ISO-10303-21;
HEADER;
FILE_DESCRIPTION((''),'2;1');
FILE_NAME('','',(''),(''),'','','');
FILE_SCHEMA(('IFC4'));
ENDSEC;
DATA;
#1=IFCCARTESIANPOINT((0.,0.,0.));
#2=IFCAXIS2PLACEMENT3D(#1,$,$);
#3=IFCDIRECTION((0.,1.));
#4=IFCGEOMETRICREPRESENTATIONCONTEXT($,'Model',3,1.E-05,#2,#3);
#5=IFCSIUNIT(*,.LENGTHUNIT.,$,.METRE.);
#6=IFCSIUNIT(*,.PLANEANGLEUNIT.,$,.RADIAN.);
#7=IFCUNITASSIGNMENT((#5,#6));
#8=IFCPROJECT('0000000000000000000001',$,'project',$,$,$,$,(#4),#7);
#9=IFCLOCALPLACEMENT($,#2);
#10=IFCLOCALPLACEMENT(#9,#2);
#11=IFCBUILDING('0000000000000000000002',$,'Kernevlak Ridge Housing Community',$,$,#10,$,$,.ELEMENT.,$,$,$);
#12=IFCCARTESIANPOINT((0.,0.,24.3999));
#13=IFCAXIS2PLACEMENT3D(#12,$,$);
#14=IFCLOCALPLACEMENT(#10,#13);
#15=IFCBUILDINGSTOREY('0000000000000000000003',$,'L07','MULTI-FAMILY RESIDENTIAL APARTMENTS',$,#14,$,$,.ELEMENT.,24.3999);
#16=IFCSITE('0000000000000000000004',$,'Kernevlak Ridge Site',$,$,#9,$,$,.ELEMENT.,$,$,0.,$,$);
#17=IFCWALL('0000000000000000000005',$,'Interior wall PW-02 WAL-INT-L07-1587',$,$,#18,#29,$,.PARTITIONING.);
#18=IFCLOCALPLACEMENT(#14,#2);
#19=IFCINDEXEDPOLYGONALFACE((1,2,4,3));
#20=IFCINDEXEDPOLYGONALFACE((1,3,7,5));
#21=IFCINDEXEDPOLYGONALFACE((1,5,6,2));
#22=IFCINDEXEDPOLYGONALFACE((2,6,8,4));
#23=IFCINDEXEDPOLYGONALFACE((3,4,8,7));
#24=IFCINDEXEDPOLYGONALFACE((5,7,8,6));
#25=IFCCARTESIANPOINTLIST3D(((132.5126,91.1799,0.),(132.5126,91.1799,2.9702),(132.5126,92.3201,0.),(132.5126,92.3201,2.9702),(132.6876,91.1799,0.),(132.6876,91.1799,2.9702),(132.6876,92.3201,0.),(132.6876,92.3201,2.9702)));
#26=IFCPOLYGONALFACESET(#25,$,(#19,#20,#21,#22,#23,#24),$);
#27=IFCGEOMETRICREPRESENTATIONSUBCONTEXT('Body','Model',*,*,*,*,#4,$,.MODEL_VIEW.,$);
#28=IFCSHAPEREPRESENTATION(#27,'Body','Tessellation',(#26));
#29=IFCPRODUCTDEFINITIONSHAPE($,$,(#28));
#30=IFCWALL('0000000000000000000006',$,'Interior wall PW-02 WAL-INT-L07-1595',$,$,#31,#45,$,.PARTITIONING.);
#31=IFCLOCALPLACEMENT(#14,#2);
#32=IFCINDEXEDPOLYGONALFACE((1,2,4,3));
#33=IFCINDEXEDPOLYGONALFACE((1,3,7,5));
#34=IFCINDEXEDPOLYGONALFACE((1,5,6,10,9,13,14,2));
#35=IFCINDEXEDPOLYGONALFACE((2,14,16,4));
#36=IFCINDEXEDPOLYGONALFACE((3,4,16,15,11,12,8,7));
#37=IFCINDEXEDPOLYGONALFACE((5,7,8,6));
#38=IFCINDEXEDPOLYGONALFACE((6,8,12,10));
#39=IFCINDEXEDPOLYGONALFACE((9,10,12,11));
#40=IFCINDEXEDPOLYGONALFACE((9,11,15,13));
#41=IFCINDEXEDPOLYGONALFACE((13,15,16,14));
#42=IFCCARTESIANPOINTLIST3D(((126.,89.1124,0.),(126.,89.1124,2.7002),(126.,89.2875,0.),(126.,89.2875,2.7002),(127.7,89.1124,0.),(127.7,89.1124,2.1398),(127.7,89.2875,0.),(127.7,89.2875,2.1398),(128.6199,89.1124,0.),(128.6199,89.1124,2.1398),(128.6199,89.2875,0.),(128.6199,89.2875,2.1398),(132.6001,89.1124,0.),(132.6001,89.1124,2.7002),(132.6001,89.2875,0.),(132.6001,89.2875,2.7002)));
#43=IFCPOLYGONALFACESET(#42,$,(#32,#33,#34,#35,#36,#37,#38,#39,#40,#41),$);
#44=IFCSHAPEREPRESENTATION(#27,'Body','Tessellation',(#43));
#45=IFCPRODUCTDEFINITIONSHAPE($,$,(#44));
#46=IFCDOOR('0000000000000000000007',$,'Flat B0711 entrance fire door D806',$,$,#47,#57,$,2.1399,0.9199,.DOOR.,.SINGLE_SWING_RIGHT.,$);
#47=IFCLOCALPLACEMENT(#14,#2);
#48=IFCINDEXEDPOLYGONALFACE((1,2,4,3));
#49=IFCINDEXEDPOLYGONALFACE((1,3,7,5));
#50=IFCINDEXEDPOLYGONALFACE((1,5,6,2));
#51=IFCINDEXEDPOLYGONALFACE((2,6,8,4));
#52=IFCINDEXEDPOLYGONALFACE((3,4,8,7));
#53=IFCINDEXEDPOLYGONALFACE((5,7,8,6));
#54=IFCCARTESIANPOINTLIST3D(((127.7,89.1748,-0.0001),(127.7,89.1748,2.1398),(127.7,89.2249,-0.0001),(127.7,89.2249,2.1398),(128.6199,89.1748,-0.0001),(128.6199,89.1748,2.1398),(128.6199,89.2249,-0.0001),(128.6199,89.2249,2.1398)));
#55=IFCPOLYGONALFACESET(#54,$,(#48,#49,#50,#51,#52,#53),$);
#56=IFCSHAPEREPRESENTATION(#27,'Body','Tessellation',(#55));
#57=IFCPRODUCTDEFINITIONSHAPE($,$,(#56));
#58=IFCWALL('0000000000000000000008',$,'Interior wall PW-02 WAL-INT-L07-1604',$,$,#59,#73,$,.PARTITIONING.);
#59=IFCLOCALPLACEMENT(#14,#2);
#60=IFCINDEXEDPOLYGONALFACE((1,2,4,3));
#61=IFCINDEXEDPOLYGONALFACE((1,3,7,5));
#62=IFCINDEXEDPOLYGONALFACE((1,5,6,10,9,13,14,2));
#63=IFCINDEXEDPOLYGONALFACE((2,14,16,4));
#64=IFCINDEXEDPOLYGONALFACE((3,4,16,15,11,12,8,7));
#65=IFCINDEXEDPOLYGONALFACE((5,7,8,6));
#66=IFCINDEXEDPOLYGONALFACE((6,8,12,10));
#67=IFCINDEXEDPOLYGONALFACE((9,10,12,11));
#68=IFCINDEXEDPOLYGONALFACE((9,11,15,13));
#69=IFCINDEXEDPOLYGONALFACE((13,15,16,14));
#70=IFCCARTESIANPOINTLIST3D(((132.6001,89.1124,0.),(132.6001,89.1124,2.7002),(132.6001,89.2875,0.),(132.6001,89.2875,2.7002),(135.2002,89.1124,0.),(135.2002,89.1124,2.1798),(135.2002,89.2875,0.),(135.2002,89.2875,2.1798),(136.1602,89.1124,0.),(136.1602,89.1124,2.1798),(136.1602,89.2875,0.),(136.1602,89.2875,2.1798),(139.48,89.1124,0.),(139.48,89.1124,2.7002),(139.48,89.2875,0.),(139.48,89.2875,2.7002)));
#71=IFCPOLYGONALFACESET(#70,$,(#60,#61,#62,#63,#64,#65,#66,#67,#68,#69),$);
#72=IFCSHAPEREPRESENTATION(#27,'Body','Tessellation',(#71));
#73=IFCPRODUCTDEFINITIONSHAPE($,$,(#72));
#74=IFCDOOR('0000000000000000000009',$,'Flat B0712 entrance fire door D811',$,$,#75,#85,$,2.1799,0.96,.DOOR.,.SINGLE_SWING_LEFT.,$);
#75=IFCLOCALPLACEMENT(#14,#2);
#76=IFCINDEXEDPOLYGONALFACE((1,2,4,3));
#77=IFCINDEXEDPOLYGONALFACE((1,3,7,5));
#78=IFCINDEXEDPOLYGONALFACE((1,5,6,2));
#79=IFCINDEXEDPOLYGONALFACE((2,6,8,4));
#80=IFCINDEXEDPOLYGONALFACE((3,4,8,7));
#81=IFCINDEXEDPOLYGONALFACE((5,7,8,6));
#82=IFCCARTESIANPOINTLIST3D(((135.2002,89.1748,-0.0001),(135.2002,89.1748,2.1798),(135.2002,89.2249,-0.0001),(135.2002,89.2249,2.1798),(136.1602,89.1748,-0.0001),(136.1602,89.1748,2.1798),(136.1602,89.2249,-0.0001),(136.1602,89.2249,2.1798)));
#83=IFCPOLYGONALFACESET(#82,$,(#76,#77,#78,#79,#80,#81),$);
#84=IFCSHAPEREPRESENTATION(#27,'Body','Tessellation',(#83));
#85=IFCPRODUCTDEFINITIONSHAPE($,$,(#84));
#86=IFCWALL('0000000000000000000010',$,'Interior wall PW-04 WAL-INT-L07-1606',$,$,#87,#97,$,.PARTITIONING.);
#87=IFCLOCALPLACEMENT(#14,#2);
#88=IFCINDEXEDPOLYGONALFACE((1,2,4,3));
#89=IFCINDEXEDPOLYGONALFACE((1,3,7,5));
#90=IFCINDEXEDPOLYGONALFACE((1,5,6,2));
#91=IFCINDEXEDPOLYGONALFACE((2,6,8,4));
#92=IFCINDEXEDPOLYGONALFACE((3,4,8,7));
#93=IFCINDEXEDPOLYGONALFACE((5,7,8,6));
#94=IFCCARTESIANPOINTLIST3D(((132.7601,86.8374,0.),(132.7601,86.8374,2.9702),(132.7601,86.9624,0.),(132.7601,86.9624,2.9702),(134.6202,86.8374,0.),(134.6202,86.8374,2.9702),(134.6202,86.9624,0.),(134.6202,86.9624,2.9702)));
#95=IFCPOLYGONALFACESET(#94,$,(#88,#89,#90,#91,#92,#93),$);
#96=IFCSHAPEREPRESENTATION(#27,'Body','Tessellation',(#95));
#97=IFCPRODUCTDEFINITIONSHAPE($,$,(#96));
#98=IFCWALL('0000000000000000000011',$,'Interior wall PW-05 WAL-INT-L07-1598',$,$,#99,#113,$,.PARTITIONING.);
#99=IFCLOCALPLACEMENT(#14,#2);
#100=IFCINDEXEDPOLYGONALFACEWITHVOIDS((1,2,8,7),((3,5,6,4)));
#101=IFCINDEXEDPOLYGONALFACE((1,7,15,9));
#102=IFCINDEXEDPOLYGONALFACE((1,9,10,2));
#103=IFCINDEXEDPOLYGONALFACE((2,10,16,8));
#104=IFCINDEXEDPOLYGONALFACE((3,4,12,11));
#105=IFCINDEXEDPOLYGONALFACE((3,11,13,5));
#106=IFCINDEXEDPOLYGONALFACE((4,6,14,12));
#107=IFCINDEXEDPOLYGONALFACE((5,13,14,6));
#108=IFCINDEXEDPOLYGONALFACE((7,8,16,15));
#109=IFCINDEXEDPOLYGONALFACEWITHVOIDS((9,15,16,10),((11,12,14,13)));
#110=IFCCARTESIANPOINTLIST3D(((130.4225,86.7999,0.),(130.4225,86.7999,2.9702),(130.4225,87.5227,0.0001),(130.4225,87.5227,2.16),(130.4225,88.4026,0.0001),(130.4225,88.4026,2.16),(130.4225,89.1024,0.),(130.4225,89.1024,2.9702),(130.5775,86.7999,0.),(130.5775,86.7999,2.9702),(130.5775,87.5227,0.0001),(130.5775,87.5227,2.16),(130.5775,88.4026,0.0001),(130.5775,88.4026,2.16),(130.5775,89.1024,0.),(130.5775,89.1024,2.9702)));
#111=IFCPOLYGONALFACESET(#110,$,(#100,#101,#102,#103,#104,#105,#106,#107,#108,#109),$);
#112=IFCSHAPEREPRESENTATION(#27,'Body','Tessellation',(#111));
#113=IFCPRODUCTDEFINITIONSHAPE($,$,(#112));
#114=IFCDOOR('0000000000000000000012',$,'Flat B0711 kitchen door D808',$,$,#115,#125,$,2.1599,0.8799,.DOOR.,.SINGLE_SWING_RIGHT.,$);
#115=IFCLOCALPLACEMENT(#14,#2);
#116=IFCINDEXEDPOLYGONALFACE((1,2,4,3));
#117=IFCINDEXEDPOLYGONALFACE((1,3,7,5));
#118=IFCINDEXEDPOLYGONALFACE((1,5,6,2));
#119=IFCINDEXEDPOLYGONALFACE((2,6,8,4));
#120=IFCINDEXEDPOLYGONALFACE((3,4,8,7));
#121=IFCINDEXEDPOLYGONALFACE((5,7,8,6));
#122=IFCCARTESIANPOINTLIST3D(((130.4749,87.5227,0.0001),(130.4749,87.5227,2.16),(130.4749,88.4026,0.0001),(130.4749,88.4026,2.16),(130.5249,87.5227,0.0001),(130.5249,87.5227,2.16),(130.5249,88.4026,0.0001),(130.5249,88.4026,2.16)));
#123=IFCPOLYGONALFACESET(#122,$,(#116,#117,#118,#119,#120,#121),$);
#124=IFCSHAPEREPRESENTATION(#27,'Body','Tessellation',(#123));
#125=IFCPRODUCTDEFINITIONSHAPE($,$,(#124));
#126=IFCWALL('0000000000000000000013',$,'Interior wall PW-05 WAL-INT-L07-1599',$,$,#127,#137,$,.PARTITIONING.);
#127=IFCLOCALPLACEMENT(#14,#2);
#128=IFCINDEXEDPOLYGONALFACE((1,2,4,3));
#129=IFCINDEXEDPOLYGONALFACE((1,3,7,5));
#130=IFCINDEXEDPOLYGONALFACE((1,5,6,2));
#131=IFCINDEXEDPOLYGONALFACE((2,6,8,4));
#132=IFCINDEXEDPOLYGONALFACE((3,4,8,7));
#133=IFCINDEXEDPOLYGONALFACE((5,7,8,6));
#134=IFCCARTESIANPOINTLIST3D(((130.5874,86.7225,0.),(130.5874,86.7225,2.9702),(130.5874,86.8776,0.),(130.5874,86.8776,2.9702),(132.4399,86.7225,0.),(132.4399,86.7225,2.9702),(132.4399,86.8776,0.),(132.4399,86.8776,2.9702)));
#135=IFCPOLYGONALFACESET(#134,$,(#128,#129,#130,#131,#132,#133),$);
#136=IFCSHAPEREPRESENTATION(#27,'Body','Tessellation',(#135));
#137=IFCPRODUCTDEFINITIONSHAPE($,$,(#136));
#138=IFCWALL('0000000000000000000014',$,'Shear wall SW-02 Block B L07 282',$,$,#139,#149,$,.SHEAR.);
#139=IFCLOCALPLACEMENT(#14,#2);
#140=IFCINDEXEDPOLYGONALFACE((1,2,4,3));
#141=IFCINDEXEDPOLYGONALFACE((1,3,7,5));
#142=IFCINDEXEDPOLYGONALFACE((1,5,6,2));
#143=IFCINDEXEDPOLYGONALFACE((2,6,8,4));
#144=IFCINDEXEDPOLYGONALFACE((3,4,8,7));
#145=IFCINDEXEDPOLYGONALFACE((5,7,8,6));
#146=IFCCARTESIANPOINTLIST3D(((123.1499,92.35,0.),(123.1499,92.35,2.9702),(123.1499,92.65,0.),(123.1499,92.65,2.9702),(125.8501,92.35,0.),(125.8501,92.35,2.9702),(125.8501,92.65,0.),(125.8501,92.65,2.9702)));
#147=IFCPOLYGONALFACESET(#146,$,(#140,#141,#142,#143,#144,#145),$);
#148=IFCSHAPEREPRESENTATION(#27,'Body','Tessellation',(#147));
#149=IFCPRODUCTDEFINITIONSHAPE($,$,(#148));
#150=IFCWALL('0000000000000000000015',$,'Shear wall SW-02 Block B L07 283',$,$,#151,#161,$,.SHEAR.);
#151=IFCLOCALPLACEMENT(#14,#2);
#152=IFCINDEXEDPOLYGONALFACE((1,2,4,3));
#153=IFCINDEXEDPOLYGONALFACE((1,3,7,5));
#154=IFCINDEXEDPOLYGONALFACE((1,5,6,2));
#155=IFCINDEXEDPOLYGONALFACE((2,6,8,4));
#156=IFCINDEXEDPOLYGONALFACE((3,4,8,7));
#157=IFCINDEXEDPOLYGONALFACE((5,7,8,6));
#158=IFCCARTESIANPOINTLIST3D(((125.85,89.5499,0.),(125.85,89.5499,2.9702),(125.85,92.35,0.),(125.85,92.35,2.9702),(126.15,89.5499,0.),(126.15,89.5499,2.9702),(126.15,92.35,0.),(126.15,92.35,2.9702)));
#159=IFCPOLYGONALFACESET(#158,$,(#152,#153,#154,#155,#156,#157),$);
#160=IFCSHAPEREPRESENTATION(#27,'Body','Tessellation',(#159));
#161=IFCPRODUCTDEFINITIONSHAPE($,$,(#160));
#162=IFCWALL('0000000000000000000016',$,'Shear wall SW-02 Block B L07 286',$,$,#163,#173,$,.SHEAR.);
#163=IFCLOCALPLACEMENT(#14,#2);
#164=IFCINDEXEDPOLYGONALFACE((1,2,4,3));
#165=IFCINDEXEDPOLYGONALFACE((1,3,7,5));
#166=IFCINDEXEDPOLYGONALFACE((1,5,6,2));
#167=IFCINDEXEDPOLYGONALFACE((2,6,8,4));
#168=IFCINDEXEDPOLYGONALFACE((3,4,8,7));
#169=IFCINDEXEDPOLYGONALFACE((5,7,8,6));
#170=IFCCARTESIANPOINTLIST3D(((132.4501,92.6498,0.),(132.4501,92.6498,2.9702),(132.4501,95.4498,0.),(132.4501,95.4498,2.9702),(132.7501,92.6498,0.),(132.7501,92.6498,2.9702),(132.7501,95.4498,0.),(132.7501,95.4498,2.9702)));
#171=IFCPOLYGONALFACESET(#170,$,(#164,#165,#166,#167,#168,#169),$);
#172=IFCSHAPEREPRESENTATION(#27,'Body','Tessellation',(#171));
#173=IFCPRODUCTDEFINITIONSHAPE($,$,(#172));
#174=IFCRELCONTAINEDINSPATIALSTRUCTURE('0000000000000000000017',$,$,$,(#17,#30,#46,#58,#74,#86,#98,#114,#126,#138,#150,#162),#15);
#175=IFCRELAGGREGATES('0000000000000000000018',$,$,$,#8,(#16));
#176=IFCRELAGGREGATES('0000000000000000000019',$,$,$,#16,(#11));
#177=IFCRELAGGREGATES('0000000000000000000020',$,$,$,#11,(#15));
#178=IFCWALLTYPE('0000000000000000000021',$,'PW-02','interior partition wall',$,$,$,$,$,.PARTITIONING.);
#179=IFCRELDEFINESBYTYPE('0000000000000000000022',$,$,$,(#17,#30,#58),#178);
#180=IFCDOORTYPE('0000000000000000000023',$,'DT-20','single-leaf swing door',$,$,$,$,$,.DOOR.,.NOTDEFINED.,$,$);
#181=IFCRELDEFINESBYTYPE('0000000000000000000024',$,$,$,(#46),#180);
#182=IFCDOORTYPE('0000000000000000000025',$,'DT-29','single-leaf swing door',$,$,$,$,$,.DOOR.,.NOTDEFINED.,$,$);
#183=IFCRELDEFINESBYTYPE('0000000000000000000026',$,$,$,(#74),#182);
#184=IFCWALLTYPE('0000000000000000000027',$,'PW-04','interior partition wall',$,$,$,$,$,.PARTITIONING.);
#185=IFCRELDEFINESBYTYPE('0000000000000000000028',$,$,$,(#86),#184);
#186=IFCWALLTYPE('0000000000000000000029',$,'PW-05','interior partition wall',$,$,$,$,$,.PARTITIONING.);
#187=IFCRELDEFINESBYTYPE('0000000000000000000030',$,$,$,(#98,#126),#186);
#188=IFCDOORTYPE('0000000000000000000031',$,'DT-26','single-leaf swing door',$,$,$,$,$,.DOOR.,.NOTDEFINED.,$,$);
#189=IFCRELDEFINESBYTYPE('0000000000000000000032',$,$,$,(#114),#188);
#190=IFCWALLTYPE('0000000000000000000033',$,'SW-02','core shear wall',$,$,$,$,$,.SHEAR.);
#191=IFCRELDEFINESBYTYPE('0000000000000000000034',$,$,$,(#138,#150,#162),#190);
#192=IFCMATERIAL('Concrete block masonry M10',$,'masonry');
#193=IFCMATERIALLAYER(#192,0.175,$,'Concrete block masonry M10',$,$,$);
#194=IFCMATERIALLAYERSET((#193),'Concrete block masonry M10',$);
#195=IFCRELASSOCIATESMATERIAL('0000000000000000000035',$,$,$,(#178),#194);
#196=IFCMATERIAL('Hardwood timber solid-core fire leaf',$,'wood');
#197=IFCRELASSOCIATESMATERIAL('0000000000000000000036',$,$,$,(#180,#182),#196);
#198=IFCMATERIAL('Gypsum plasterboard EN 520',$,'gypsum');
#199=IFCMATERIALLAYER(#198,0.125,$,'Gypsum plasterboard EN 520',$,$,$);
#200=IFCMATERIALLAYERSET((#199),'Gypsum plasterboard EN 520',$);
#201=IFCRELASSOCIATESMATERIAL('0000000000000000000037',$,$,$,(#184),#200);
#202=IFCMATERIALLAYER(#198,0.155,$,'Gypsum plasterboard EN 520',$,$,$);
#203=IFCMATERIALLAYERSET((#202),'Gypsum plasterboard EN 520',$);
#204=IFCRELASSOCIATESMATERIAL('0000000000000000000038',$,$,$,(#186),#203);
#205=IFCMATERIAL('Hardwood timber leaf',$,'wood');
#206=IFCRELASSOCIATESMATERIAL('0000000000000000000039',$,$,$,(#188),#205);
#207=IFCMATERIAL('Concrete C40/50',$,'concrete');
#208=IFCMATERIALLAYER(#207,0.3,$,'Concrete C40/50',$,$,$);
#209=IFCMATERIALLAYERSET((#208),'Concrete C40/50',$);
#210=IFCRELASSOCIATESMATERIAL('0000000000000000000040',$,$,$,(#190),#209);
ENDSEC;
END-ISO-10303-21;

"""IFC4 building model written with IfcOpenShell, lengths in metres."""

from ifc_helpers import new_model, si_unit, direction, frame, frame_2d, origin, place, context, subcontext, project, spatial, rectangle, extrude, material, layer, layer_set, type_object, element, fill, save


model = new_model("IFC4")

# Units and contexts
model_context = context("Model", 3, precision=1e-05, world=origin(), true_north=direction((0.0, 1.0)))
body_context = subcontext(model_context, "Body", "Model", "MODEL_VIEW")
ifc_project = project(units=[si_unit("LENGTHUNIT", "METRE"), si_unit("PLANEANGLEUNIT", "RADIAN")], contexts=[model_context])

# Site, building, storey
site_placement = place(None, origin())
site = spatial("IfcSite", under=ifc_project, at=site_placement, Name="Kernevlak Ridge Site", CompositionType="ELEMENT", RefElevation=0.0)
building_placement = place(site_placement, origin())
building = spatial("IfcBuilding", under=site, at=building_placement, Name="Kernevlak Ridge Housing Community", CompositionType="ELEMENT")
storey_placement = place(building_placement, frame((0.0, 0.0, 24.3999)))
storey = spatial("IfcBuildingStorey", under=building, at=storey_placement, Name="L07", Description="MULTI-FAMILY RESIDENTIAL APARTMENTS", CompositionType="ELEMENT", Elevation=24.3999)

# Shared definitions
ifc_material_1 = material(Name="Concrete C40/50", Category="concrete")

# Shared definitions
ifc_material_2 = material(Name="Concrete block masonry M10", Category="masonry")
ifc_layer_1 = layer(ifc_material_2, 0.175, Name="Concrete block masonry M10")
ifc_layer_set_1 = layer_set([ifc_layer_1], Name="Concrete block masonry M10")
wall_type_1 = type_object("IfcWallType", Name="PW-02", Description="interior partition wall", PredefinedType="PARTITIONING", material=ifc_layer_set_1)

# Wall
wall_1_placement = place(storey_placement, frame((132.6001, 91.1799, 0.0), z_axis=(0.0, 0.0, 1.0), x_axis=(0.0, 1.0, 0.0)))
element("IfcWall", 1, at=wall_1_placement, inside=storey, type_object=wall_type_1, Name="Interior wall PW-02 WAL-INT-L07-1587", PredefinedType="PARTITIONING", context=body_context, shape_type="SweptSolid", body=[
    extrude(rectangle(XDim=1.1401, YDim=0.175, at=frame_2d((0.5701, 0.0))), origin(), (0.0, 0.0, 1.0), 2.9702),
])

# Walls, openings, doors
wall_2_placement = place(storey_placement, frame((126.0, 89.2, 0.0), z_axis=(0.0, 0.0, 1.0), x_axis=(1.0, 0.0, 0.0)))
wall_2 = element("IfcWall", 2, at=wall_2_placement, inside=storey, type_object=wall_type_1, Name="Interior wall PW-02 WAL-INT-L07-1595", PredefinedType="PARTITIONING", context=body_context, shape_type="SweptSolid", body=[
    extrude(rectangle(XDim=6.6001, YDim=0.175, at=frame_2d((3.3, 0.0))), origin(), (0.0, 0.0, 1.0), 2.7002),
])
opening_1_placement = place(wall_2_placement, frame((1.7, 0.0, 0.0)))
opening_1 = element("IfcOpeningElement", 3, at=opening_1_placement, cuts=wall_2, PredefinedType="OPENING", context=body_context, shape_type="SweptSolid", body=[
    extrude(rectangle(XDim=0.9199, YDim=2.1399, at=frame_2d((0.46, 1.0698))), frame((0.0, 0.0974, 0.0), z_axis=(0.0, -1.0, 0.0), x_axis=(1.0, 0.0, 0.0)), (0.0, 0.0, 1.0), 0.1951),
])
ifc_material_3 = material(Name="Hardwood timber solid-core fire leaf", Category="wood")
door_type_1 = type_object("IfcDoorType", Name="DT-20", Description="single-leaf swing door", OperationType="NOTDEFINED", PredefinedType="DOOR", material=ifc_material_3)
door_1_placement = place(opening_1_placement, origin())
door_1 = element("IfcDoor", 4, at=door_1_placement, inside=storey, type_object=door_type_1, Name="Flat B0711 entrance fire door D806", OperationType="SINGLE_SWING_RIGHT", OverallHeight=2.1399, OverallWidth=0.9199, PredefinedType="DOOR", context=body_context, shape_type="SweptSolid", body=[
    extrude(rectangle(XDim=0.9199, YDim=2.1399, at=frame_2d((0.46, 1.0698))), frame((0.0, 0.0249, 0.0), z_axis=(0.0, -1.0, 0.0), x_axis=(1.0, 0.0, 0.0)), (0.0, 0.0, 1.0), 0.05),
])
fill(opening_1, door_1)
wall_3_placement = place(storey_placement, frame((132.6001, 89.2, 0.0), z_axis=(0.0, 0.0, 1.0), x_axis=(1.0, 0.0, 0.0)))
wall_3 = element("IfcWall", 5, at=wall_3_placement, inside=storey, type_object=wall_type_1, Name="Interior wall PW-02 WAL-INT-L07-1604", PredefinedType="PARTITIONING", context=body_context, shape_type="SweptSolid", body=[
    extrude(rectangle(XDim=6.8799, YDim=0.175, at=frame_2d((3.4399, 0.0))), origin(), (0.0, 0.0, 1.0), 2.7002),
])
opening_2_placement = place(wall_3_placement, frame((2.6001, 0.0, 0.0)))
opening_2 = element("IfcOpeningElement", 6, at=opening_2_placement, cuts=wall_3, PredefinedType="OPENING", context=body_context, shape_type="SweptSolid", body=[
    extrude(rectangle(XDim=0.96, YDim=2.1799, at=frame_2d((0.48, 1.0898))), frame((0.0, 0.0974, 0.0), z_axis=(0.0, -1.0, 0.0), x_axis=(1.0, 0.0, 0.0)), (0.0, 0.0, 1.0), 0.1951),
])
door_type_2 = type_object("IfcDoorType", Name="DT-29", Description="single-leaf swing door", OperationType="NOTDEFINED", PredefinedType="DOOR", material=ifc_material_3)
door_2_placement = place(opening_2_placement, origin())
door_2 = element("IfcDoor", 7, at=door_2_placement, inside=storey, type_object=door_type_2, Name="Flat B0712 entrance fire door D811", OperationType="SINGLE_SWING_LEFT", OverallHeight=2.1799, OverallWidth=0.96, PredefinedType="DOOR", context=body_context, shape_type="SweptSolid", body=[
    extrude(rectangle(XDim=0.96, YDim=2.1799, at=frame_2d((0.48, 1.0898))), frame((0.0, 0.0249, 0.0), z_axis=(0.0, -1.0, 0.0), x_axis=(1.0, 0.0, 0.0)), (0.0, 0.0, 1.0), 0.05),
])
fill(opening_2, door_2)

# Wall
ifc_material_4 = material(Name="Gypsum plasterboard EN 520", Category="gypsum")
ifc_layer_2 = layer(ifc_material_4, 0.125, Name="Gypsum plasterboard EN 520")
ifc_layer_set_2 = layer_set([ifc_layer_2], Name="Gypsum plasterboard EN 520")
wall_type_2 = type_object("IfcWallType", Name="PW-04", Description="interior partition wall", PredefinedType="PARTITIONING", material=ifc_layer_set_2)
wall_4_placement = place(storey_placement, frame((132.76, 86.8999, 0.0), z_axis=(0.0, 0.0, 1.0), x_axis=(1.0, 0.0, 0.0)))
element("IfcWall", 8, at=wall_4_placement, inside=storey, type_object=wall_type_2, Name="Interior wall PW-04 WAL-INT-L07-1606", PredefinedType="PARTITIONING", context=body_context, shape_type="SweptSolid", body=[
    extrude(rectangle(XDim=1.8601, YDim=0.125, at=frame_2d((0.9302, 0.0))), origin(), (0.0, 0.0, 1.0), 2.9702),
])

# Wall, opening, door
ifc_layer_3 = layer(ifc_material_4, 0.155, Name="Gypsum plasterboard EN 520")
ifc_layer_set_3 = layer_set([ifc_layer_3], Name="Gypsum plasterboard EN 520")
wall_type_3 = type_object("IfcWallType", Name="PW-05", Description="interior partition wall", PredefinedType="PARTITIONING", material=ifc_layer_set_3)
wall_5_placement = place(storey_placement, frame((130.5, 89.1025, 0.0), z_axis=(0.0, 0.0, 1.0), x_axis=(0.0, -1.0, 0.0)))
wall_5 = element("IfcWall", 9, at=wall_5_placement, inside=storey, type_object=wall_type_3, Name="Interior wall PW-05 WAL-INT-L07-1598", PredefinedType="PARTITIONING", context=body_context, shape_type="SweptSolid", body=[
    extrude(rectangle(XDim=2.3025, YDim=0.155, at=frame_2d((1.1514, 0.0))), origin(), (0.0, 0.0, 1.0), 2.9702),
])
opening_3_placement = place(wall_5_placement, frame((0.7, 0.0, 0.0)))
opening_3 = element("IfcOpeningElement", 10, at=opening_3_placement, cuts=wall_5, PredefinedType="OPENING", context=body_context, shape_type="SweptSolid", body=[
    extrude(rectangle(XDim=0.8799, YDim=2.1599, at=frame_2d((0.4399, 1.0801))), frame((0.0, 0.0874, 0.0), z_axis=(0.0, -1.0, 0.0), x_axis=(1.0, 0.0, 0.0)), (0.0, 0.0, 1.0), 0.175),
])
ifc_material_5 = material(Name="Hardwood timber leaf", Category="wood")
door_type_3 = type_object("IfcDoorType", Name="DT-26", Description="single-leaf swing door", OperationType="NOTDEFINED", PredefinedType="DOOR", material=ifc_material_5)
door_3_placement = place(opening_3_placement, origin())
door_3 = element("IfcDoor", 11, at=door_3_placement, inside=storey, type_object=door_type_3, Name="Flat B0711 kitchen door D808", OperationType="SINGLE_SWING_RIGHT", OverallHeight=2.1599, OverallWidth=0.8799, PredefinedType="DOOR", context=body_context, shape_type="SweptSolid", body=[
    extrude(rectangle(XDim=0.8799, YDim=2.1599, at=frame_2d((0.4399, 1.0801))), frame((0.0, 0.0249, 0.0), z_axis=(0.0, -1.0, 0.0), x_axis=(1.0, 0.0, 0.0)), (0.0, 0.0, 1.0), 0.05),
])
fill(opening_3, door_3)

# Walls
wall_6_placement = place(storey_placement, frame((130.5874, 86.8, 0.0), z_axis=(0.0, 0.0, 1.0), x_axis=(1.0, 0.0, 0.0)))
element("IfcWall", 12, at=wall_6_placement, inside=storey, type_object=wall_type_3, Name="Interior wall PW-05 WAL-INT-L07-1599", PredefinedType="PARTITIONING", context=body_context, shape_type="SweptSolid", body=[
    extrude(rectangle(XDim=1.8525, YDim=0.155, at=frame_2d((0.9263, 0.0))), origin(), (0.0, 0.0, 1.0), 2.9702),
])
ifc_layer_4 = layer(ifc_material_1, 0.3, Name="Concrete C40/50")
ifc_layer_set_4 = layer_set([ifc_layer_4], Name="Concrete C40/50")
wall_type_4 = type_object("IfcWallType", Name="SW-02", Description="core shear wall", PredefinedType="SHEAR", material=ifc_layer_set_4)
wall_7_placement = place(storey_placement, frame((123.1499, 92.5, 0.0), z_axis=(0.0, 0.0, 1.0), x_axis=(1.0, 0.0, 0.0)))
element("IfcWall", 13, at=wall_7_placement, inside=storey, type_object=wall_type_4, Name="Shear wall SW-02 Block B L07 282", PredefinedType="SHEAR", context=body_context, shape_type="SweptSolid", body=[
    extrude(rectangle(XDim=2.7002, YDim=0.3, at=frame_2d((1.3501, 0.0))), origin(), (0.0, 0.0, 1.0), 2.9702),
])
for number, where, z_axis, x_axis, name in (
    (14, (126.0, 89.55, 0.0), (0.0, 0.0, 1.0), (0.0, 1.0, 0.0), "Shear wall SW-02 Block B L07 283"),
    (15, (132.6001, 92.6499, 0.0), (0.0, 0.0, 1.0), (0.0, 1.0, 0.0), "Shear wall SW-02 Block B L07 286"),
):
    element("IfcWall", number, at=place(storey_placement, frame(where, z_axis=z_axis, x_axis=x_axis)), inside=storey, type_object=wall_type_4, Name=name, PredefinedType="SHEAR", context=body_context, shape_type="SweptSolid", body=[
        extrude(rectangle(XDim=2.8, YDim=0.3, at=frame_2d((1.3999, 0.0))), origin(), (0.0, 0.0, 1.0), 2.9702),
    ])

save(model, "model.ifc")
